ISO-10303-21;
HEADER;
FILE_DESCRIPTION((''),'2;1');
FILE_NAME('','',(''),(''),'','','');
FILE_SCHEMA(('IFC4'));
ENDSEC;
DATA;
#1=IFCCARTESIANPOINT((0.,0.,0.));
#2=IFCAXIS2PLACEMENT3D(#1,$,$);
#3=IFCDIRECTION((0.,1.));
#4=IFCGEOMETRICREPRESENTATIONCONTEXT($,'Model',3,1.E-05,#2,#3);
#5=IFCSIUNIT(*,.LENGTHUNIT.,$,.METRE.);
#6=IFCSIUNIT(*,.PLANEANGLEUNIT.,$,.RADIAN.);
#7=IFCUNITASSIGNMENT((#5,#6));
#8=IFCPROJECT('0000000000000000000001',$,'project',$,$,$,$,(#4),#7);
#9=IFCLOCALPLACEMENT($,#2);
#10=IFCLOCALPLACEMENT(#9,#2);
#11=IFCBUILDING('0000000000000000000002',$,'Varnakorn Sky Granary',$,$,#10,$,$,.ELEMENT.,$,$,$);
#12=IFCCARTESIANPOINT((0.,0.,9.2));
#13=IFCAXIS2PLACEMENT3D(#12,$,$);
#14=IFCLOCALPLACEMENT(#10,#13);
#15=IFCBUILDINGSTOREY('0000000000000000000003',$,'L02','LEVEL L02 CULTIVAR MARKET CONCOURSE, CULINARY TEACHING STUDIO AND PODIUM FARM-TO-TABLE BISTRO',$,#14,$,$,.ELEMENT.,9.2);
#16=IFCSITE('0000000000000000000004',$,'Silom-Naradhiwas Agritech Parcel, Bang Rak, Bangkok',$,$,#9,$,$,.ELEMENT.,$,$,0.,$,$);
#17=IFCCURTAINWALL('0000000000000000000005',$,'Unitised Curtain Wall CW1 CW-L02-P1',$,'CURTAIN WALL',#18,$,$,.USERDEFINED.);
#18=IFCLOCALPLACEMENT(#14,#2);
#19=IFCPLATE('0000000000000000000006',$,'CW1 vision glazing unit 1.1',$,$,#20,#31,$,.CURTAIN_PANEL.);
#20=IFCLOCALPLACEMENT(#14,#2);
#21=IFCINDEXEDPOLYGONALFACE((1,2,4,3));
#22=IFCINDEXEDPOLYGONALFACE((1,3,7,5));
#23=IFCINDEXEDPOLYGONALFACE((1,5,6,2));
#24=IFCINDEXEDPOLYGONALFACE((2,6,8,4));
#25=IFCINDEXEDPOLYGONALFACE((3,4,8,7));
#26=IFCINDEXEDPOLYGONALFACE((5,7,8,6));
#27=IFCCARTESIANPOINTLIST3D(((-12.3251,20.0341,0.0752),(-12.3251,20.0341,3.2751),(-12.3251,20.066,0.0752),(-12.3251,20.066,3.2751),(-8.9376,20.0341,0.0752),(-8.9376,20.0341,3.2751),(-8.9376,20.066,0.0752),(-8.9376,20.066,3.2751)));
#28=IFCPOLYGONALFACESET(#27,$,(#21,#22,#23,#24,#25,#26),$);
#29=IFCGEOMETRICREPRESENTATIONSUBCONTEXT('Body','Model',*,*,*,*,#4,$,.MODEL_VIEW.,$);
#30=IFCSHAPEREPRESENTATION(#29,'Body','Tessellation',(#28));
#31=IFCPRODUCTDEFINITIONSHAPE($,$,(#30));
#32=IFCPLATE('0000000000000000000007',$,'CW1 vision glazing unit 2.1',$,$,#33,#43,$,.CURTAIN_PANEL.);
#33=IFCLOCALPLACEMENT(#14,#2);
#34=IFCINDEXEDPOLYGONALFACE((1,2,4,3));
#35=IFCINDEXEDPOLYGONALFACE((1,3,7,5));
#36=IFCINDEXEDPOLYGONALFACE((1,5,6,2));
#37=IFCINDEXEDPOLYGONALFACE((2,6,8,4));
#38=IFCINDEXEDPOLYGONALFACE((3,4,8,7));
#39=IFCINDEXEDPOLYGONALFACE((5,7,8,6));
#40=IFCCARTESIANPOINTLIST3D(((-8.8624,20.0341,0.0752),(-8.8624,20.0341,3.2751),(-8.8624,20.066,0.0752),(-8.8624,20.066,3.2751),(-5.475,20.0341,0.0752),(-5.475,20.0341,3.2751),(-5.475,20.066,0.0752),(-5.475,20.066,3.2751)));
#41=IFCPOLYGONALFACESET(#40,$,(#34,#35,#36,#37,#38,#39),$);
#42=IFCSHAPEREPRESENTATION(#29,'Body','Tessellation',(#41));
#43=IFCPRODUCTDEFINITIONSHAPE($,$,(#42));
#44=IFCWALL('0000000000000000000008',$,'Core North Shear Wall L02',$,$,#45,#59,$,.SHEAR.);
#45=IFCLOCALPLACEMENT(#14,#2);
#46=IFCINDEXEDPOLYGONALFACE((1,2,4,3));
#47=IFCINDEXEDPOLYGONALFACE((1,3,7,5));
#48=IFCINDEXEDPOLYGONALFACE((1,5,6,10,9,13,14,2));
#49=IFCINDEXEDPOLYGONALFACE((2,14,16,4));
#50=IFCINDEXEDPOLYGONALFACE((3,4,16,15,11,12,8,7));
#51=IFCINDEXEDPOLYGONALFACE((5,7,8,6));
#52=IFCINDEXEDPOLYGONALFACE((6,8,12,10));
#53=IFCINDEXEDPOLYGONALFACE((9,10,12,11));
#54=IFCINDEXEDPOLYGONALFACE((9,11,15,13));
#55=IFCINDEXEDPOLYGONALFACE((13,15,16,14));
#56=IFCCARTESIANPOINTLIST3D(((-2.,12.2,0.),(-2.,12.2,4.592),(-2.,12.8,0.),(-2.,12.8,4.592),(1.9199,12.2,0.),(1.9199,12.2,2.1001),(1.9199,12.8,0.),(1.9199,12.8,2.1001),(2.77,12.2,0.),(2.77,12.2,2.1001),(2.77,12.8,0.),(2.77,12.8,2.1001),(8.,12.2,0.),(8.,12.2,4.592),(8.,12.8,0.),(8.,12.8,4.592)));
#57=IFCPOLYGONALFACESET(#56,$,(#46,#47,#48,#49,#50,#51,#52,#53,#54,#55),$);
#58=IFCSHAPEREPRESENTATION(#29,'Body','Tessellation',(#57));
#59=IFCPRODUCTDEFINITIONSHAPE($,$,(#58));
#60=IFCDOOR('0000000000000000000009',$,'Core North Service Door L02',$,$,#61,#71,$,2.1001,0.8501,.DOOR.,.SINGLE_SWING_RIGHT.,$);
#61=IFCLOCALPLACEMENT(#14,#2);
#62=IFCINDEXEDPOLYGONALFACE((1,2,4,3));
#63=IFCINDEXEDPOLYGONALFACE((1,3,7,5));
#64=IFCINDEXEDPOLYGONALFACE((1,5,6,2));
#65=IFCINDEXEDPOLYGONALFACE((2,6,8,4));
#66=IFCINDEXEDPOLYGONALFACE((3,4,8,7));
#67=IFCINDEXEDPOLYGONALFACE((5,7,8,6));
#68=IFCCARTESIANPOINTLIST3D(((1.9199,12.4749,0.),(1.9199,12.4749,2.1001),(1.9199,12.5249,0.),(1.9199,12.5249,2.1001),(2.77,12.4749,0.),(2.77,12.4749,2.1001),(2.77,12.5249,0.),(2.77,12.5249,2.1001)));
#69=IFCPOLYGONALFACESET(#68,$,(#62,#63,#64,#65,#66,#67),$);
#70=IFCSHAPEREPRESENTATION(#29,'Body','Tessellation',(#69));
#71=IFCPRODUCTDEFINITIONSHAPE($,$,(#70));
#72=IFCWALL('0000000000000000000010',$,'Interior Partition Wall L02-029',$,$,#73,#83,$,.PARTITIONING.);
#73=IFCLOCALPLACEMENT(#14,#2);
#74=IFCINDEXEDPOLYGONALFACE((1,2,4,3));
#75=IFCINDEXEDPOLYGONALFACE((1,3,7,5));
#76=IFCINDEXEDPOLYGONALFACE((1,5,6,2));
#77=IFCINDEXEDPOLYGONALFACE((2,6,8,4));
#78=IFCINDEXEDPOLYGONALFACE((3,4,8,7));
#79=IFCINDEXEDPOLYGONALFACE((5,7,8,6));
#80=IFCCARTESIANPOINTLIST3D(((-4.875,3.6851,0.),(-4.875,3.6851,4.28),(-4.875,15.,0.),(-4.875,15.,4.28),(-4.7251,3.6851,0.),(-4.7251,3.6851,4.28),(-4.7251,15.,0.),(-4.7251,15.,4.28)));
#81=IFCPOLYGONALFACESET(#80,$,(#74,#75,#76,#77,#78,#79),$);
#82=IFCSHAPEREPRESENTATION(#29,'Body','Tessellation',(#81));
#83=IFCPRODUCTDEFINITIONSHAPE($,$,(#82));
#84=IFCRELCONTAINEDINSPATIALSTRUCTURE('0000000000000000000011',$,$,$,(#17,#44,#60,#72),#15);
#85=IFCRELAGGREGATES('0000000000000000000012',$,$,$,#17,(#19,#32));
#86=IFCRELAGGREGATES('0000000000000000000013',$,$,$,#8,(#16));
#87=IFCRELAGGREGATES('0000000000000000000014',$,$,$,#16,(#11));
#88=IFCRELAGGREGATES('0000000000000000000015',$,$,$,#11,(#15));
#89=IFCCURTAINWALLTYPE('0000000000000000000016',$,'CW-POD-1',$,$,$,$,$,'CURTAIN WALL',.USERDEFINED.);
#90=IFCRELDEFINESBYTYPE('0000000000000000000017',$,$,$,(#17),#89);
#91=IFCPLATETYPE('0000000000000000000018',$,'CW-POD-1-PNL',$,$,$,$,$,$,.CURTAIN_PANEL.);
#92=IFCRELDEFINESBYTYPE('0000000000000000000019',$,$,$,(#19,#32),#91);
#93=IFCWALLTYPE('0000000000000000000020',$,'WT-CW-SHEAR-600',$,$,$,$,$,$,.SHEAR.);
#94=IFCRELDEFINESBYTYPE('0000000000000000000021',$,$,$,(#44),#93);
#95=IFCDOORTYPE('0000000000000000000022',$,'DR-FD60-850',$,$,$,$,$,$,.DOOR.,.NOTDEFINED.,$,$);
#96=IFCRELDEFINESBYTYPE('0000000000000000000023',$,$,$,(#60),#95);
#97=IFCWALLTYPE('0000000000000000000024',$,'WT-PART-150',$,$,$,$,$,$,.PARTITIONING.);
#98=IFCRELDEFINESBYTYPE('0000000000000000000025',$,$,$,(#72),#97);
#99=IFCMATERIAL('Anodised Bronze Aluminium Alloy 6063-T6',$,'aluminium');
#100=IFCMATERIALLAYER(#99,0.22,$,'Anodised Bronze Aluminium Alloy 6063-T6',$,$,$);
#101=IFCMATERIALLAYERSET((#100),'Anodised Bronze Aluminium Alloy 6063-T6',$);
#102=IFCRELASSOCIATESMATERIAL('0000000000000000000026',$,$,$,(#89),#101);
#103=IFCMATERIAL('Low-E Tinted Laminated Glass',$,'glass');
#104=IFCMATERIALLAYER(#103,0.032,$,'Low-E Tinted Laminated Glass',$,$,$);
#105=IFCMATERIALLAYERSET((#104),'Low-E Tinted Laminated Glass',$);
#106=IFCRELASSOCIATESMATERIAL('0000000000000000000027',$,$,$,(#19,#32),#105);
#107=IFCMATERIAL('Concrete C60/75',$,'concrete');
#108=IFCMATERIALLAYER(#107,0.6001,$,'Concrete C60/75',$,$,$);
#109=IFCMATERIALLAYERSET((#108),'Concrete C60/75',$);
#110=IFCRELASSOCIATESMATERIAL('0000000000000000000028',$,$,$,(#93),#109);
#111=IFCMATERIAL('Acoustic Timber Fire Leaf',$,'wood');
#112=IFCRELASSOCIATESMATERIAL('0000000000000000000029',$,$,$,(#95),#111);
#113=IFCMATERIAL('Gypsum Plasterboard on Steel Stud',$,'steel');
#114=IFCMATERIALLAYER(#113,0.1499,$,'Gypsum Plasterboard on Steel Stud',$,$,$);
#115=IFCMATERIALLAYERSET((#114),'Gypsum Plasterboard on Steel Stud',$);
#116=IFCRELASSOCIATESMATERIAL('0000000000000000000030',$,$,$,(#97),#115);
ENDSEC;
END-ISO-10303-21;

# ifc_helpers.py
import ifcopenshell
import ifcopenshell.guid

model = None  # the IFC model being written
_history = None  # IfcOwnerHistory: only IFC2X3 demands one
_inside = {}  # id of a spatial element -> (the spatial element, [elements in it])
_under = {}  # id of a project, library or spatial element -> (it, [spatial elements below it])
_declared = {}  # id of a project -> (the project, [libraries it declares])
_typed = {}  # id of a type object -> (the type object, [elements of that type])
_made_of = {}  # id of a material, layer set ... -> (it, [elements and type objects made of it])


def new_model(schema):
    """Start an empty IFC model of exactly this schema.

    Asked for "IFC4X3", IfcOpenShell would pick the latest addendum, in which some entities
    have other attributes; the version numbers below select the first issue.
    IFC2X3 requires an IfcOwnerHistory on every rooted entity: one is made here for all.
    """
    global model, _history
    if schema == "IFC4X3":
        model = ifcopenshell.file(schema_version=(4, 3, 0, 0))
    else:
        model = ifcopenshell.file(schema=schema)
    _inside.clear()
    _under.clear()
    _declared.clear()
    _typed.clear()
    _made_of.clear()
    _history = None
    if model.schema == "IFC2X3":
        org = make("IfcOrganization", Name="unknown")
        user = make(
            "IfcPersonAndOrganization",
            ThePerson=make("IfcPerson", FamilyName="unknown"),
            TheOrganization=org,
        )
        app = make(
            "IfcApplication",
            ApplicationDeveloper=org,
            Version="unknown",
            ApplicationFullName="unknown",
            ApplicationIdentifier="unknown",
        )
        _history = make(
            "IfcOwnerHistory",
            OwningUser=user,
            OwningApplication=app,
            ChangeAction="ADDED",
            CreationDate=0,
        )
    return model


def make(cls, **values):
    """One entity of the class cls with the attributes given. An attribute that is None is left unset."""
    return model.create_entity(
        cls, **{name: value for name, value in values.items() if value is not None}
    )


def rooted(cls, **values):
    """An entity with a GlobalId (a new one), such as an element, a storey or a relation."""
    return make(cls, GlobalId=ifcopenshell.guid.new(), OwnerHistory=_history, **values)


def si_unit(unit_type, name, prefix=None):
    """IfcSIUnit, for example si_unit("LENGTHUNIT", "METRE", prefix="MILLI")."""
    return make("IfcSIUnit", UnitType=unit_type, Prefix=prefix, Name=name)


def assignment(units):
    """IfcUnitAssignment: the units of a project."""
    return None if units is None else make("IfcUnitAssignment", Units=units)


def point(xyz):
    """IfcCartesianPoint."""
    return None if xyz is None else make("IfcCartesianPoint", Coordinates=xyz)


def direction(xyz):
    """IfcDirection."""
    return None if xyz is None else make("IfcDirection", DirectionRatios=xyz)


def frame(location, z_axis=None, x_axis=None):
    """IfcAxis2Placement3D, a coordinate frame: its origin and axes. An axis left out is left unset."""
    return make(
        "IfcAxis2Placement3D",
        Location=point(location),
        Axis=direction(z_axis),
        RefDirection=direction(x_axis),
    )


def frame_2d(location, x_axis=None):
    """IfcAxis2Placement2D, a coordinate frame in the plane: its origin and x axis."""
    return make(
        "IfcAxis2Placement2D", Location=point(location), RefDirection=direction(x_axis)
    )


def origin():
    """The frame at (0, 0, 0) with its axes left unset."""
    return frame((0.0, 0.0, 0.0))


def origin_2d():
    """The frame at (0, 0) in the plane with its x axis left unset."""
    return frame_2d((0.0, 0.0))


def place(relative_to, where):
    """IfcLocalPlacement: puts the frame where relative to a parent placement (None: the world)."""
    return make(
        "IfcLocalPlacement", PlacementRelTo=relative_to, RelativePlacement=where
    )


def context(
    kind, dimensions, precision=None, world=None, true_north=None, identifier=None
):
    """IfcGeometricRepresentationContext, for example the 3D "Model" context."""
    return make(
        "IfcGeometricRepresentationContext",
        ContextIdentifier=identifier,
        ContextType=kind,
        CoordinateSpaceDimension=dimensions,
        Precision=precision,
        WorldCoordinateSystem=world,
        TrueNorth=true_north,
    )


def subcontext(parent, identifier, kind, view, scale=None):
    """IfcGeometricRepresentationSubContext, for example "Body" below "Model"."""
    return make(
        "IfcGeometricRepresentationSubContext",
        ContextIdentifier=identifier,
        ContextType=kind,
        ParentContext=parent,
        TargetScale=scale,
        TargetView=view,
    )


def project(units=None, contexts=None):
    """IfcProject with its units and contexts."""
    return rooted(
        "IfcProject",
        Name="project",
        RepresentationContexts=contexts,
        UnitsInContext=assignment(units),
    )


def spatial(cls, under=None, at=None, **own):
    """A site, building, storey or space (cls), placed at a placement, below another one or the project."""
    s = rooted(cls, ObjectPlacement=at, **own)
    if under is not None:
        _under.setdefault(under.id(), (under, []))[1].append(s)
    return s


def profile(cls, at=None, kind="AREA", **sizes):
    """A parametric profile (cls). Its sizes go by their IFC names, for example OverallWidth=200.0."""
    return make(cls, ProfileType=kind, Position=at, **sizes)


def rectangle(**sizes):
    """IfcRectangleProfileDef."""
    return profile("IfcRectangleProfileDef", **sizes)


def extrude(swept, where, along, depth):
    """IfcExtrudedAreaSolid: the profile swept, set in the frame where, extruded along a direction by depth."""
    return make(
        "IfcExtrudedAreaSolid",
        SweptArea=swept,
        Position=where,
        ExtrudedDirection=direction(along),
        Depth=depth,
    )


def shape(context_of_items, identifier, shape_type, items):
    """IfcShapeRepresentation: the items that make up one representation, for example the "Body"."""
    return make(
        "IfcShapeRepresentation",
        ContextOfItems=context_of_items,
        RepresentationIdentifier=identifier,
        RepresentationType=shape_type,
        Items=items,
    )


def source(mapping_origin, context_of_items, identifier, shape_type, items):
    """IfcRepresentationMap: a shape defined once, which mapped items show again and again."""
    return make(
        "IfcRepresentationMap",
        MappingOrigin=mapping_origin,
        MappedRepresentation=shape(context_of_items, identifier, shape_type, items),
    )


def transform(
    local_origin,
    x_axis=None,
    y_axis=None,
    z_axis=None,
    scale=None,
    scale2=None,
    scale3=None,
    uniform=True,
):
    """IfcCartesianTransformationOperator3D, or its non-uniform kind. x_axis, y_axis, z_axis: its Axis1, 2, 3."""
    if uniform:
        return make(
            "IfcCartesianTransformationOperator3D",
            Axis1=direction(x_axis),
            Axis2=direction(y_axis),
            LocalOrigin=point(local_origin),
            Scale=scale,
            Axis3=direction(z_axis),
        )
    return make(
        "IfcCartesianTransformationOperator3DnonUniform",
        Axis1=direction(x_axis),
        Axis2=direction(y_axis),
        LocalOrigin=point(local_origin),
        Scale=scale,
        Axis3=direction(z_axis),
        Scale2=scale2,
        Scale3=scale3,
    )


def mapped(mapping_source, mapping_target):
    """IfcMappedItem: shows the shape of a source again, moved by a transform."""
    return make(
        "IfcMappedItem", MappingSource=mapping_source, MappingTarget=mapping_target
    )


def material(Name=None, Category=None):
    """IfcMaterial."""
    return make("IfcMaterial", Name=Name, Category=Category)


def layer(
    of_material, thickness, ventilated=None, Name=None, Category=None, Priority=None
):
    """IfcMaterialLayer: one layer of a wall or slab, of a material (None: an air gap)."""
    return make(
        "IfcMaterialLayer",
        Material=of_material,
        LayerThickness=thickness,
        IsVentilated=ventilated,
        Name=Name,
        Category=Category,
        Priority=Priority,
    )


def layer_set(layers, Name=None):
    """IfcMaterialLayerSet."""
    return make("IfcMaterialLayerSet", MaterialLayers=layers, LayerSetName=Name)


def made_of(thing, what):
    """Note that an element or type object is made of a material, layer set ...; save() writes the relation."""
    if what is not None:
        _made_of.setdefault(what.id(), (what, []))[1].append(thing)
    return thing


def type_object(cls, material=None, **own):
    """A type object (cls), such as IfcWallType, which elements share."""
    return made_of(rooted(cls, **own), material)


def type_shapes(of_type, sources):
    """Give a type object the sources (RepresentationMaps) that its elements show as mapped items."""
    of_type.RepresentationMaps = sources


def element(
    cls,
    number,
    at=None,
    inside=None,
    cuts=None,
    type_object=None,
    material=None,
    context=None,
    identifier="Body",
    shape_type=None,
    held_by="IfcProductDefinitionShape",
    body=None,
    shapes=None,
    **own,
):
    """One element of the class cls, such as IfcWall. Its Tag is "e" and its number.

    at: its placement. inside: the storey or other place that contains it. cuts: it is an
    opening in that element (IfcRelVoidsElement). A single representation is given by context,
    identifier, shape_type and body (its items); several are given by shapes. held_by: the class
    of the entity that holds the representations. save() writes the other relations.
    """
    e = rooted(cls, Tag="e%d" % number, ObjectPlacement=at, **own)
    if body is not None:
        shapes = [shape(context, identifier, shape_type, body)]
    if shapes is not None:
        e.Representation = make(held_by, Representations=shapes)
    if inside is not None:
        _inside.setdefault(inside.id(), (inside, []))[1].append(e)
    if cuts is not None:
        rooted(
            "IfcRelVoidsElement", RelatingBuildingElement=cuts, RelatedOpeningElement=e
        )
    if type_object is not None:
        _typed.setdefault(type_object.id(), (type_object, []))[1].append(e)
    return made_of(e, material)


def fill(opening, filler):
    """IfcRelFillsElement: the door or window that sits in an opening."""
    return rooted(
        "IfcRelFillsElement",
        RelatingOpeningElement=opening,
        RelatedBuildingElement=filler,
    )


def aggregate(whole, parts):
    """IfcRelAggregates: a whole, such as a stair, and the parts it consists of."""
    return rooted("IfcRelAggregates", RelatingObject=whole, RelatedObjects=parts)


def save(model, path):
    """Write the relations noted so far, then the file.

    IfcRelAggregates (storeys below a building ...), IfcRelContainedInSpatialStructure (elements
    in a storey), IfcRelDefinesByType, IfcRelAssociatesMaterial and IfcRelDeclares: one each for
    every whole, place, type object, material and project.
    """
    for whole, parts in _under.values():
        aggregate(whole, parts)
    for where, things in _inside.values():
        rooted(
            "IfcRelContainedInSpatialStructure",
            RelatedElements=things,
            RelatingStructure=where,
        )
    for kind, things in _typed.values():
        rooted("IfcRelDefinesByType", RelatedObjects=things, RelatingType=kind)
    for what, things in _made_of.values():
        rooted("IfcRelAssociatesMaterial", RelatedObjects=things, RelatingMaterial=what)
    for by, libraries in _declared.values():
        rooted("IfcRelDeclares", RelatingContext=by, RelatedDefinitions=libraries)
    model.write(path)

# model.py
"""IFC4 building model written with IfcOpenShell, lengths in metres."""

from ifc_helpers import new_model, si_unit, direction, frame, frame_2d, origin, origin_2d, place, context, subcontext, project, spatial, rectangle, extrude, source, transform, mapped, material, layer, layer_set, type_object, type_shapes, element, fill, aggregate, save


model = new_model("IFC4")

# Units and contexts
model_context = context("Model", 3, precision=1e-05, world=origin(), true_north=direction((0.0, 1.0)))
body_context = subcontext(model_context, "Body", "Model", "MODEL_VIEW")
ifc_project = project(units=[si_unit("LENGTHUNIT", "METRE"), si_unit("PLANEANGLEUNIT", "RADIAN")], contexts=[model_context])

# Site, building, storey
site_placement = place(None, origin())
site = spatial("IfcSite", under=ifc_project, at=site_placement, Name="Silom-Naradhiwas Agritech Parcel, Bang Rak, Bangkok", CompositionType="ELEMENT", RefElevation=0.0)
building_placement = place(site_placement, origin())
building = spatial("IfcBuilding", under=site, at=building_placement, Name="Varnakorn Sky Granary", CompositionType="ELEMENT")
storey_placement = place(building_placement, frame((0.0, 0.0, 9.2)))
storey = spatial("IfcBuildingStorey", under=building, at=storey_placement, Name="L02", Description="LEVEL L02 CULTIVAR MARKET CONCOURSE, CULINARY TEACHING STUDIO AND PODIUM FARM-TO-TABLE BISTRO", CompositionType="ELEMENT", Elevation=9.2)

# Shared definitions
ifc_material_1 = material(Name="Concrete C60/75", Category="concrete")

# Curtain wall, plates
ifc_material_2 = material(Name="Anodised Bronze Aluminium Alloy 6063-T6", Category="aluminium")
ifc_layer_1 = layer(ifc_material_2, 0.22, Name="Anodised Bronze Aluminium Alloy 6063-T6")
ifc_layer_set_1 = layer_set([ifc_layer_1], Name="Anodised Bronze Aluminium Alloy 6063-T6")
curtain_wall_type = type_object("IfcCurtainWallType", Name="CW-POD-1", ElementType="CURTAIN WALL", PredefinedType="USERDEFINED", material=ifc_layer_set_1)
curtain_wall_placement = place(storey_placement, origin())
curtain_wall = element("IfcCurtainWall", 1, at=curtain_wall_placement, inside=storey, type_object=curtain_wall_type, Name="Unitised Curtain Wall CW1 CW-L02-P1", ObjectType="CURTAIN WALL", PredefinedType="USERDEFINED")
ifc_material_3 = material(Name="Low-E Tinted Laminated Glass", Category="glass")
ifc_layer_2 = layer(ifc_material_3, 0.032, Name="Low-E Tinted Laminated Glass")
ifc_layer_set_2 = layer_set([ifc_layer_2], Name="Low-E Tinted Laminated Glass")
plate_type = type_object("IfcPlateType", Name="CW-POD-1-PNL", PredefinedType="CURTAIN_PANEL")
shared_shape = source(origin(), body_context, "Body", "SweptSolid", [
    extrude(rectangle(XDim=3.3875, YDim=0.032, at=origin_2d()), origin(), (0.0, 0.0, 1.0), 3.2),
])
type_shapes(plate_type, [shared_shape])
plate_1_placement = place(storey_placement, frame((-10.6313, 20.05, 0.0752), z_axis=(0.0, 0.0, 1.0), x_axis=(1.0, 0.0, 0.0)))
plate_1 = element("IfcPlate", 2, at=plate_1_placement, type_object=plate_type, material=ifc_layer_set_2, Name="CW1 vision glazing unit 1.1", PredefinedType="CURTAIN_PANEL", context=body_context, shape_type="MappedRepresentation", body=[
    mapped(shared_shape, transform((0.0, 0.0, 0.0), x_axis=(1.0, 0.0, 0.0), y_axis=(0.0, 1.0, 0.0), z_axis=(0.0, 0.0, 1.0), scale=1.0)),
])
plate_2_placement = place(storey_placement, frame((-7.1687, 20.05, 0.0752), z_axis=(0.0, 0.0, 1.0), x_axis=(1.0, 0.0, 0.0)))
plate_2 = element("IfcPlate", 3, at=plate_2_placement, type_object=plate_type, material=ifc_layer_set_2, Name="CW1 vision glazing unit 2.1", PredefinedType="CURTAIN_PANEL", context=body_context, shape_type="MappedRepresentation", body=[
    mapped(shared_shape, transform((0.0, 0.0, 0.0), x_axis=(1.0, 0.0, 0.0), y_axis=(0.0, 1.0, 0.0), z_axis=(0.0, 0.0, 1.0), scale=1.0)),
])
aggregate(curtain_wall, [plate_1, plate_2])

# Wall, opening, door
ifc_layer_3 = layer(ifc_material_1, 0.6001, Name="Concrete C60/75")
ifc_layer_set_3 = layer_set([ifc_layer_3], Name="Concrete C60/75")
wall_type_1 = type_object("IfcWallType", Name="WT-CW-SHEAR-600", PredefinedType="SHEAR", material=ifc_layer_set_3)
wall_1_placement = place(storey_placement, frame((-2.0, 12.5, 0.0), z_axis=(0.0, 0.0, 1.0), x_axis=(1.0, 0.0, 0.0)))
wall_1 = element("IfcWall", 4, at=wall_1_placement, inside=storey, type_object=wall_type_1, Name="Core North Shear Wall L02", PredefinedType="SHEAR", context=body_context, shape_type="SweptSolid", body=[
    extrude(rectangle(XDim=10.0, YDim=0.6001, at=frame_2d((5.0, 0.0))), origin(), (0.0, 0.0, 1.0), 4.592),
])
opening_placement = place(wall_1_placement, frame((3.9199, 0.0, 0.0)))
opening = element("IfcOpeningElement", 5, at=opening_placement, cuts=wall_1, PredefinedType="OPENING", context=body_context, shape_type="SweptSolid", body=[
    extrude(rectangle(XDim=0.8501, YDim=2.1001, at=frame_2d((0.425, 1.05))), frame((0.0, 0.3101, 0.0), z_axis=(0.0, -1.0, 0.0), x_axis=(1.0, 0.0, 0.0)), (0.0, 0.0, 1.0), 0.6201),
])
ifc_material_4 = material(Name="Acoustic Timber Fire Leaf", Category="wood")
door_type = type_object("IfcDoorType", Name="DR-FD60-850", OperationType="NOTDEFINED", PredefinedType="DOOR", material=ifc_material_4)
door_placement = place(opening_placement, origin())
door = element("IfcDoor", 6, at=door_placement, inside=storey, type_object=door_type, Name="Core North Service Door L02", OperationType="SINGLE_SWING_RIGHT", OverallHeight=2.1001, OverallWidth=0.8501, PredefinedType="DOOR", context=body_context, shape_type="SweptSolid", body=[
    extrude(rectangle(XDim=0.8501, YDim=2.1001, at=frame_2d((0.425, 1.05))), frame((0.0, 0.0249, 0.0), z_axis=(0.0, -1.0, 0.0), x_axis=(1.0, 0.0, 0.0)), (0.0, 0.0, 1.0), 0.05),
])
fill(opening, door)

# Wall
ifc_material_5 = material(Name="Gypsum Plasterboard on Steel Stud", Category="steel")
ifc_layer_4 = layer(ifc_material_5, 0.1499, Name="Gypsum Plasterboard on Steel Stud")
ifc_layer_set_4 = layer_set([ifc_layer_4], Name="Gypsum Plasterboard on Steel Stud")
wall_type_2 = type_object("IfcWallType", Name="WT-PART-150", PredefinedType="PARTITIONING", material=ifc_layer_set_4)
wall_2_placement = place(storey_placement, frame((-4.8, 15.0, 0.0), z_axis=(0.0, 0.0, 1.0), x_axis=(0.0, -1.0, 0.0)))
element("IfcWall", 7, at=wall_2_placement, inside=storey, type_object=wall_type_2, Name="Interior Partition Wall L02-029", PredefinedType="PARTITIONING", context=body_context, shape_type="SweptSolid", body=[
    extrude(rectangle(XDim=11.3149, YDim=0.1499, at=frame_2d((5.6575, 0.0))), origin(), (0.0, 0.0, 1.0), 4.28),
])

save(model, "model.ifc")
